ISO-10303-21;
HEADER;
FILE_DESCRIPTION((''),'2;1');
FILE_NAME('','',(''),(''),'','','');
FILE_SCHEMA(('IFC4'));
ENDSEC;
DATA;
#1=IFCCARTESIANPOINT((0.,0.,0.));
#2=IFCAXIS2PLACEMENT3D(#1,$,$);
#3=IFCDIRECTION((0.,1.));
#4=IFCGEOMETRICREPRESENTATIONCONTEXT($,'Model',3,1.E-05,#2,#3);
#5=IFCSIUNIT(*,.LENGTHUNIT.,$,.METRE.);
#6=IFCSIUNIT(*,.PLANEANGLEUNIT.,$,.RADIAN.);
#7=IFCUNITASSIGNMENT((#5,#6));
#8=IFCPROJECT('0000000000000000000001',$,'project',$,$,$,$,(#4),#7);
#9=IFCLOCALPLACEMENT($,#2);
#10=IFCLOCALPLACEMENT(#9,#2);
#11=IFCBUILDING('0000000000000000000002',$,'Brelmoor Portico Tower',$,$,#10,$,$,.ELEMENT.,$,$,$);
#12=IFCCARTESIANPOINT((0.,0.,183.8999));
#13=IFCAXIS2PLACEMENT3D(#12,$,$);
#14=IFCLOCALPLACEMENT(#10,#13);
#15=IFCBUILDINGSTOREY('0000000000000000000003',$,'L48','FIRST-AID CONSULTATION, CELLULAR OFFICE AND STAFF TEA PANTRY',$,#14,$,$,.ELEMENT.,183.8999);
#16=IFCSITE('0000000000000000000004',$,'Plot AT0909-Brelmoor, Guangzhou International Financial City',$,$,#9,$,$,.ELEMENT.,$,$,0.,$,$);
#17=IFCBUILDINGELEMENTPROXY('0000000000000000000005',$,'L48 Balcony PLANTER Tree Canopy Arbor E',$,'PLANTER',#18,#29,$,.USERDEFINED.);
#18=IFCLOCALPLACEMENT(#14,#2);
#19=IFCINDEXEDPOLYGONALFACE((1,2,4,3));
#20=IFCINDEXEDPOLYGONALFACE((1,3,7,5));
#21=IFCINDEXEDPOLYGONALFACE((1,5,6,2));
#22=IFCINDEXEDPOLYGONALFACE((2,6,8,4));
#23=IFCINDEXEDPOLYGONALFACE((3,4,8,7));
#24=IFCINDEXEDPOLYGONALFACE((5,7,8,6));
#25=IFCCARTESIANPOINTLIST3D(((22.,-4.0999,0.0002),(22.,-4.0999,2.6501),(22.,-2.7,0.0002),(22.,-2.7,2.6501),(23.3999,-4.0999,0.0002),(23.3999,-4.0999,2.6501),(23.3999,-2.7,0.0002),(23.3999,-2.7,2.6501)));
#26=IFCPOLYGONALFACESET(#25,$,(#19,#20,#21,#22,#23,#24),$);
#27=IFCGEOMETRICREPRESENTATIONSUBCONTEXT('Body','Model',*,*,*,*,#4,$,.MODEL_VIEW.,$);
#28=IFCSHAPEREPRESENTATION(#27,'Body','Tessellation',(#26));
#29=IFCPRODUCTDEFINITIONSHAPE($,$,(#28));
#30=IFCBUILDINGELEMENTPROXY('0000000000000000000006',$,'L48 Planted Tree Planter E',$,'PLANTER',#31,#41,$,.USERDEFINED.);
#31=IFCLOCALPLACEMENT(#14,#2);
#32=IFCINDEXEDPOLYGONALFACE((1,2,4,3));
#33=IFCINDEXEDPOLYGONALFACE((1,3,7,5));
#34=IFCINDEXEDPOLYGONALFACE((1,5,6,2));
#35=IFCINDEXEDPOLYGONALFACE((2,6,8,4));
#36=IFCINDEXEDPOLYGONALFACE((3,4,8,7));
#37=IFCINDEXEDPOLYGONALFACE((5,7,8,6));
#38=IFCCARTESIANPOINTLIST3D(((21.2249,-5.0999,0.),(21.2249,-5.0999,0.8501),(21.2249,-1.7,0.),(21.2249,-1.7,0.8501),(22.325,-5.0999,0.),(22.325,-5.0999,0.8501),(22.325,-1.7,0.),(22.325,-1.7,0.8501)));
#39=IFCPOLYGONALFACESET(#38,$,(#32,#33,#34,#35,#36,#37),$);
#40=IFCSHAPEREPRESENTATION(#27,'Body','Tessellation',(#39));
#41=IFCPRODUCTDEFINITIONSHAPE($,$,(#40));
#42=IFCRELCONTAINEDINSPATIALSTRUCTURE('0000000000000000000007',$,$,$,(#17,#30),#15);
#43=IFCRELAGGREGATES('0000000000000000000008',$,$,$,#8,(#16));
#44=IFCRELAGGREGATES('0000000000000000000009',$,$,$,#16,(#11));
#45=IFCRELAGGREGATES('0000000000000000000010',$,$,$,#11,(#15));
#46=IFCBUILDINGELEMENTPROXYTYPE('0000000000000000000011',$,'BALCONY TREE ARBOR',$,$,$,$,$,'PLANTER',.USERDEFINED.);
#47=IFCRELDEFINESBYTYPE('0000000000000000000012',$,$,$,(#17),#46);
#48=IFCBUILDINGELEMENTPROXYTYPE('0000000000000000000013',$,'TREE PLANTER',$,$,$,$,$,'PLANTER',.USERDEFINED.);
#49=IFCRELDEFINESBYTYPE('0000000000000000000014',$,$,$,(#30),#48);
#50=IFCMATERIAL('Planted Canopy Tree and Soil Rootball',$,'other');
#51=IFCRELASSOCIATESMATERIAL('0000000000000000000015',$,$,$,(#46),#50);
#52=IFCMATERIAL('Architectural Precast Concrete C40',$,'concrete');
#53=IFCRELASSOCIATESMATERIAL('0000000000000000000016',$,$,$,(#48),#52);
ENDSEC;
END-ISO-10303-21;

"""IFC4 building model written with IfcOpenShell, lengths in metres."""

from ifc_helpers import new_model, si_unit, direction, frame, origin, origin_2d, place, context, subcontext, project, spatial, rectangle, extrude, material, type_object, element, save


model = new_model("IFC4")

# Units and contexts
model_context = context("Model", 3, precision=1e-05, world=origin(), true_north=direction((0.0, 1.0)))
body_context = subcontext(model_context, "Body", "Model", "MODEL_VIEW")
ifc_project = project(units=[si_unit("LENGTHUNIT", "METRE"), si_unit("PLANEANGLEUNIT", "RADIAN")], contexts=[model_context])

# Site, building, storey
site_placement = place(None, origin())
site = spatial("IfcSite", under=ifc_project, at=site_placement, Name="Plot AT0909-Brelmoor, Guangzhou International Financial City", CompositionType="ELEMENT", RefElevation=0.0)
building_placement = place(site_placement, origin())
building = spatial("IfcBuilding", under=site, at=building_placement, Name="Brelmoor Portico Tower", CompositionType="ELEMENT")
storey_placement = place(building_placement, frame((0.0, 0.0, 183.8999)))
storey = spatial("IfcBuildingStorey", under=building, at=storey_placement, Name="L48", Description="FIRST-AID CONSULTATION, CELLULAR OFFICE AND STAFF TEA PANTRY", CompositionType="ELEMENT", Elevation=183.8999)

# Building element proxies
ifc_material_1 = material(Name="Planted Canopy Tree and Soil Rootball", Category="other")
building_element_proxy_type_1 = type_object("IfcBuildingElementProxyType", Name="BALCONY TREE ARBOR", ElementType="PLANTER", PredefinedType="USERDEFINED", material=ifc_material_1)
proxy_1_placement = place(storey_placement, frame((22.7, -3.3999, 0.0002), z_axis=(0.0, 0.0, 1.0), x_axis=(1.0, 0.0, 0.0)))
element("IfcBuildingElementProxy", 1, at=proxy_1_placement, inside=storey, type_object=building_element_proxy_type_1, Name="L48 Balcony PLANTER Tree Canopy Arbor E", ObjectType="PLANTER", PredefinedType="USERDEFINED", context=body_context, shape_type="SweptSolid", body=[
    extrude(rectangle(XDim=1.3999, YDim=1.3999, at=origin_2d()), origin(), (0.0, 0.0, 1.0), 2.6499),
])
ifc_material_2 = material(Name="Architectural Precast Concrete C40", Category="concrete")
building_element_proxy_type_2 = type_object("IfcBuildingElementProxyType", Name="TREE PLANTER", ElementType="PLANTER", PredefinedType="USERDEFINED", material=ifc_material_2)
proxy_2_placement = place(storey_placement, frame((21.7749, -3.3999, 0.0), z_axis=(0.0, 0.0, 1.0), x_axis=(0.0, 1.0, 0.0)))
element("IfcBuildingElementProxy", 2, at=proxy_2_placement, inside=storey, type_object=building_element_proxy_type_2, Name="L48 Planted Tree Planter E", ObjectType="PLANTER", PredefinedType="USERDEFINED", context=body_context, shape_type="SweptSolid", body=[
    extrude(rectangle(XDim=3.3999, YDim=1.1001, at=origin_2d()), origin(), (0.0, 0.0, 1.0), 0.8501),
])

save(model, "model.ifc")
